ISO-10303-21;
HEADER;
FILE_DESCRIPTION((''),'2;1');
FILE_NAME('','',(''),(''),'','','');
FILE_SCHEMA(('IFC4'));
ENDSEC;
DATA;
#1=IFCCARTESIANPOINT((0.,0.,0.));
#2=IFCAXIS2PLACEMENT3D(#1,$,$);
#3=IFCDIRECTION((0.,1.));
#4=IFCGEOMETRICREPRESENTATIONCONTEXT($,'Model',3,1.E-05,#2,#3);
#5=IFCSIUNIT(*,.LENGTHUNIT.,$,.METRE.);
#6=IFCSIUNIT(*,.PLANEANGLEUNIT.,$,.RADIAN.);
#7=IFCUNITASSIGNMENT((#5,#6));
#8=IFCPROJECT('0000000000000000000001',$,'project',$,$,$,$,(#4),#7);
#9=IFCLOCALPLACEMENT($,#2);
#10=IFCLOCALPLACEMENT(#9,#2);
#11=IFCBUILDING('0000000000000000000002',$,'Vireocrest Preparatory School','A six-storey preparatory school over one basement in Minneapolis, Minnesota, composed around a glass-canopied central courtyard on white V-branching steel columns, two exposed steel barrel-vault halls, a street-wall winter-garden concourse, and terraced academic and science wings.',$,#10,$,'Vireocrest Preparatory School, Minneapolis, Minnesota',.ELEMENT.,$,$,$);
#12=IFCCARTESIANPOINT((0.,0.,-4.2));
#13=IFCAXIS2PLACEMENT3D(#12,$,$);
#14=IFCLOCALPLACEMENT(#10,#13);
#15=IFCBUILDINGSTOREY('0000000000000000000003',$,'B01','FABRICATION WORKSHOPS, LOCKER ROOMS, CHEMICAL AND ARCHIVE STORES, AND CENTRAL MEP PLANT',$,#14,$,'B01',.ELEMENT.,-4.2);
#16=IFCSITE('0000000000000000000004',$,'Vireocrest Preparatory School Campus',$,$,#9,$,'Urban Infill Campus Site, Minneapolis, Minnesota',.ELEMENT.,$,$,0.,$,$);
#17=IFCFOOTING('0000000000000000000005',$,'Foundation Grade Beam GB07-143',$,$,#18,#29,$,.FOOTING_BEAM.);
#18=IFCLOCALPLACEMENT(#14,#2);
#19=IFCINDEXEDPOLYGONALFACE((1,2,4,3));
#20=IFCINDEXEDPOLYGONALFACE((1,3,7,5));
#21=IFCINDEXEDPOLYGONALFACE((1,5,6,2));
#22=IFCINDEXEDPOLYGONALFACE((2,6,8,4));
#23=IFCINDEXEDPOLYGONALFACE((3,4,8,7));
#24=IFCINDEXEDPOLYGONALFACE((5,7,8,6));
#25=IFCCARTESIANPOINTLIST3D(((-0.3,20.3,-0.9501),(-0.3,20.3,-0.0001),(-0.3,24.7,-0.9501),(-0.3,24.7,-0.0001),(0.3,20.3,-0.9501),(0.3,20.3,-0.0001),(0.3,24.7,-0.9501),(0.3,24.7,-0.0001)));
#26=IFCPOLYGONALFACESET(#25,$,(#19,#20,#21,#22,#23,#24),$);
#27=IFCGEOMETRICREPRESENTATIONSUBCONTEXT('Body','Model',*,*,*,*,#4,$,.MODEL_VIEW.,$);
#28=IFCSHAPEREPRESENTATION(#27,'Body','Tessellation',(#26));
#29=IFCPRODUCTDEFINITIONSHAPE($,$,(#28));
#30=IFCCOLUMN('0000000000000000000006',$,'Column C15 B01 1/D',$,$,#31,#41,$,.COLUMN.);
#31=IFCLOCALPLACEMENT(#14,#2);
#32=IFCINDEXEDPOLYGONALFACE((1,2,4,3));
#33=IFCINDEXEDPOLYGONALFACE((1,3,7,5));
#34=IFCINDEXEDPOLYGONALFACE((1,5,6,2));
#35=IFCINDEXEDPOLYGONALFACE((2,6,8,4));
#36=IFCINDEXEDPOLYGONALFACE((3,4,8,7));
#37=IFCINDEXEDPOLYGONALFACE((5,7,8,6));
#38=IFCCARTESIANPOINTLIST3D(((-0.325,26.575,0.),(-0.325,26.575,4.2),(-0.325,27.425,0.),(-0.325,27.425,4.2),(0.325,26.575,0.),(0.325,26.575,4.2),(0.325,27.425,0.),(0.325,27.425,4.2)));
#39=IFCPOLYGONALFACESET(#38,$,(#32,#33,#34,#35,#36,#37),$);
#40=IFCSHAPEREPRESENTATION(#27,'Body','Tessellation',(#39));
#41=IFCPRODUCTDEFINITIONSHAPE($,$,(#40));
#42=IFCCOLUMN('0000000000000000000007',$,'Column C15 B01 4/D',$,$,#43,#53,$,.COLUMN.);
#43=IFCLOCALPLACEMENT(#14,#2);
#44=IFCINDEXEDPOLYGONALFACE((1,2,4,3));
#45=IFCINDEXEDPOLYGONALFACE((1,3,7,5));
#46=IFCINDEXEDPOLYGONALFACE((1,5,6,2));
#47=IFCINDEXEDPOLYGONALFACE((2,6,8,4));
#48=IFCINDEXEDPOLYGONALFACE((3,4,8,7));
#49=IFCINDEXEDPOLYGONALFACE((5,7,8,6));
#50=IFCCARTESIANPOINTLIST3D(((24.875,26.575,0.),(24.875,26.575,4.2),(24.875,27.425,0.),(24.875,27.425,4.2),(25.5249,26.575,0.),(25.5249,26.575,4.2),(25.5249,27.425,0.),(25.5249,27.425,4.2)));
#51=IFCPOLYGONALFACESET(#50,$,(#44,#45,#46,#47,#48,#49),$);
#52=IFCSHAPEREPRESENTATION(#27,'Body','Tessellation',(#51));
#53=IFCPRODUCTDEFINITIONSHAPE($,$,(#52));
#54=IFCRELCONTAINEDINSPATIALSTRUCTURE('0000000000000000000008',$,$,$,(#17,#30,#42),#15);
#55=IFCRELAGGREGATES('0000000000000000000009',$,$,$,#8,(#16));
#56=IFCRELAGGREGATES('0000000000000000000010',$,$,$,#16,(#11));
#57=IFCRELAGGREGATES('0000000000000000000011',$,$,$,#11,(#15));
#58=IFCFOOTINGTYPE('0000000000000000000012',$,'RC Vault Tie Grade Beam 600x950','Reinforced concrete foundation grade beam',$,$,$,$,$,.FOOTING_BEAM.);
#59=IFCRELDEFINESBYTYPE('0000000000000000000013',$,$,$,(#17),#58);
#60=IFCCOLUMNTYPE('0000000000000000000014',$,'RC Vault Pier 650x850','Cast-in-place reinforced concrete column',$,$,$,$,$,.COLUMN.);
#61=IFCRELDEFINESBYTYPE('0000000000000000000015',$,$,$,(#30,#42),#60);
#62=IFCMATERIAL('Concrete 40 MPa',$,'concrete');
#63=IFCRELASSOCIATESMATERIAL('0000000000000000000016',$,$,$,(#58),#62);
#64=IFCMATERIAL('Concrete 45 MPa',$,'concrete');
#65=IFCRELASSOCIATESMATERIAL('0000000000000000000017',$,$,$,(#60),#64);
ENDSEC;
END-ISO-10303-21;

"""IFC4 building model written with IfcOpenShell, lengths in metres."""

from ifc_helpers import new_model, si_unit, direction, frame, origin, origin_2d, place, context, subcontext, project, spatial, rectangle, extrude, material, material_profile, profile_set, type_object, element, save


model = new_model("IFC4")

# Units and contexts
model_context = context("Model", 3, precision=1e-05, world=origin(), true_north=direction((0.0, 1.0)))
body_context = subcontext(model_context, "Body", "Model", "MODEL_VIEW")
ifc_project = project(units=[si_unit("LENGTHUNIT", "METRE"), si_unit("PLANEANGLEUNIT", "RADIAN")], contexts=[model_context])

# Site, building, storey
site_placement = place(None, origin())
site = spatial("IfcSite", under=ifc_project, at=site_placement, Name="Vireocrest Preparatory School Campus", LongName="Urban Infill Campus Site, Minneapolis, Minnesota", CompositionType="ELEMENT", RefElevation=0.0)
building_placement = place(site_placement, origin())
building = spatial("IfcBuilding", under=site, at=building_placement, Name="Vireocrest Preparatory School", Description="A six-storey preparatory school over one basement in Minneapolis, Minnesota, composed around a glass-canopied central courtyard on white V-branching steel columns, two exposed steel barrel-vault halls, a street-wall winter-garden concourse, and terraced academic and science wings.", LongName="Vireocrest Preparatory School, Minneapolis, Minnesota", CompositionType="ELEMENT")
storey_placement = place(building_placement, frame((0.0, 0.0, -4.2)))
storey = spatial("IfcBuildingStorey", under=building, at=storey_placement, Name="B01", Description="FABRICATION WORKSHOPS, LOCKER ROOMS, CHEMICAL AND ARCHIVE STORES, AND CENTRAL MEP PLANT", LongName="B01", CompositionType="ELEMENT", Elevation=-4.2)

# Shared definitions
ifc_material_1 = material(Name="Concrete 40 MPa", Category="concrete")

# Footing
ifc_material_profile_1 = material_profile(ifc_material_1, rectangle(XDim=0.6001, YDim=0.95, at=origin_2d()), Name="GB 600x950")
ifc_profile_set_1 = profile_set([ifc_material_profile_1], Name="Concrete 40 MPa")
footing_type_1 = type_object("IfcFootingType", Name="RC Vault Tie Grade Beam 600x950", Description="Reinforced concrete foundation grade beam", PredefinedType="FOOTING_BEAM", material=ifc_profile_set_1)
footing_1_placement = place(storey_placement, frame((0.0, 20.3, -0.4751), z_axis=(0.0, 1.0, 0.0), x_axis=(-1.0, 0.0, 0.0)))
element("IfcFooting", 1, at=footing_1_placement, inside=storey, type_object=footing_type_1, Name="Foundation Grade Beam GB07-143", PredefinedType="FOOTING_BEAM", context=body_context, shape_type="SweptSolid", body=[
    extrude(rectangle(XDim=0.6001, YDim=0.95, at=origin_2d()), origin(), (0.0, 0.0, 1.0), 4.3999),
])

# Columns
ifc_material_2 = material(Name="Concrete 45 MPa", Category="concrete")
ifc_material_profile_2 = material_profile(ifc_material_2, rectangle(XDim=0.6499, YDim=0.8501, at=origin_2d()), Name="RC 650x850")
ifc_profile_set_2 = profile_set([ifc_material_profile_2], Name="Concrete 45 MPa")
column_type = type_object("IfcColumnType", Name="RC Vault Pier 650x850", Description="Cast-in-place reinforced concrete column", PredefinedType="COLUMN", material=ifc_profile_set_2)
for number, where, z_axis, x_axis, name in (
    (2, (0.0, 27.0, 0.0), (0.0, 0.0, 1.0), (1.0, 0.0, 0.0), "Column C15 B01 1/D"),
    (3, (25.2, 27.0, 0.0), (0.0, 0.0, 1.0), (1.0, 0.0, 0.0), "Column C15 B01 4/D"),
):
    element("IfcColumn", number, at=place(storey_placement, frame(where, z_axis=z_axis, x_axis=x_axis)), inside=storey, type_object=column_type, Name=name, PredefinedType="COLUMN", context=body_context, shape_type="SweptSolid", body=[
        extrude(rectangle(XDim=0.6499, YDim=0.8501, at=origin_2d()), origin(), (0.0, 0.0, 1.0), 4.2),
    ])

save(model, "model.ifc")
